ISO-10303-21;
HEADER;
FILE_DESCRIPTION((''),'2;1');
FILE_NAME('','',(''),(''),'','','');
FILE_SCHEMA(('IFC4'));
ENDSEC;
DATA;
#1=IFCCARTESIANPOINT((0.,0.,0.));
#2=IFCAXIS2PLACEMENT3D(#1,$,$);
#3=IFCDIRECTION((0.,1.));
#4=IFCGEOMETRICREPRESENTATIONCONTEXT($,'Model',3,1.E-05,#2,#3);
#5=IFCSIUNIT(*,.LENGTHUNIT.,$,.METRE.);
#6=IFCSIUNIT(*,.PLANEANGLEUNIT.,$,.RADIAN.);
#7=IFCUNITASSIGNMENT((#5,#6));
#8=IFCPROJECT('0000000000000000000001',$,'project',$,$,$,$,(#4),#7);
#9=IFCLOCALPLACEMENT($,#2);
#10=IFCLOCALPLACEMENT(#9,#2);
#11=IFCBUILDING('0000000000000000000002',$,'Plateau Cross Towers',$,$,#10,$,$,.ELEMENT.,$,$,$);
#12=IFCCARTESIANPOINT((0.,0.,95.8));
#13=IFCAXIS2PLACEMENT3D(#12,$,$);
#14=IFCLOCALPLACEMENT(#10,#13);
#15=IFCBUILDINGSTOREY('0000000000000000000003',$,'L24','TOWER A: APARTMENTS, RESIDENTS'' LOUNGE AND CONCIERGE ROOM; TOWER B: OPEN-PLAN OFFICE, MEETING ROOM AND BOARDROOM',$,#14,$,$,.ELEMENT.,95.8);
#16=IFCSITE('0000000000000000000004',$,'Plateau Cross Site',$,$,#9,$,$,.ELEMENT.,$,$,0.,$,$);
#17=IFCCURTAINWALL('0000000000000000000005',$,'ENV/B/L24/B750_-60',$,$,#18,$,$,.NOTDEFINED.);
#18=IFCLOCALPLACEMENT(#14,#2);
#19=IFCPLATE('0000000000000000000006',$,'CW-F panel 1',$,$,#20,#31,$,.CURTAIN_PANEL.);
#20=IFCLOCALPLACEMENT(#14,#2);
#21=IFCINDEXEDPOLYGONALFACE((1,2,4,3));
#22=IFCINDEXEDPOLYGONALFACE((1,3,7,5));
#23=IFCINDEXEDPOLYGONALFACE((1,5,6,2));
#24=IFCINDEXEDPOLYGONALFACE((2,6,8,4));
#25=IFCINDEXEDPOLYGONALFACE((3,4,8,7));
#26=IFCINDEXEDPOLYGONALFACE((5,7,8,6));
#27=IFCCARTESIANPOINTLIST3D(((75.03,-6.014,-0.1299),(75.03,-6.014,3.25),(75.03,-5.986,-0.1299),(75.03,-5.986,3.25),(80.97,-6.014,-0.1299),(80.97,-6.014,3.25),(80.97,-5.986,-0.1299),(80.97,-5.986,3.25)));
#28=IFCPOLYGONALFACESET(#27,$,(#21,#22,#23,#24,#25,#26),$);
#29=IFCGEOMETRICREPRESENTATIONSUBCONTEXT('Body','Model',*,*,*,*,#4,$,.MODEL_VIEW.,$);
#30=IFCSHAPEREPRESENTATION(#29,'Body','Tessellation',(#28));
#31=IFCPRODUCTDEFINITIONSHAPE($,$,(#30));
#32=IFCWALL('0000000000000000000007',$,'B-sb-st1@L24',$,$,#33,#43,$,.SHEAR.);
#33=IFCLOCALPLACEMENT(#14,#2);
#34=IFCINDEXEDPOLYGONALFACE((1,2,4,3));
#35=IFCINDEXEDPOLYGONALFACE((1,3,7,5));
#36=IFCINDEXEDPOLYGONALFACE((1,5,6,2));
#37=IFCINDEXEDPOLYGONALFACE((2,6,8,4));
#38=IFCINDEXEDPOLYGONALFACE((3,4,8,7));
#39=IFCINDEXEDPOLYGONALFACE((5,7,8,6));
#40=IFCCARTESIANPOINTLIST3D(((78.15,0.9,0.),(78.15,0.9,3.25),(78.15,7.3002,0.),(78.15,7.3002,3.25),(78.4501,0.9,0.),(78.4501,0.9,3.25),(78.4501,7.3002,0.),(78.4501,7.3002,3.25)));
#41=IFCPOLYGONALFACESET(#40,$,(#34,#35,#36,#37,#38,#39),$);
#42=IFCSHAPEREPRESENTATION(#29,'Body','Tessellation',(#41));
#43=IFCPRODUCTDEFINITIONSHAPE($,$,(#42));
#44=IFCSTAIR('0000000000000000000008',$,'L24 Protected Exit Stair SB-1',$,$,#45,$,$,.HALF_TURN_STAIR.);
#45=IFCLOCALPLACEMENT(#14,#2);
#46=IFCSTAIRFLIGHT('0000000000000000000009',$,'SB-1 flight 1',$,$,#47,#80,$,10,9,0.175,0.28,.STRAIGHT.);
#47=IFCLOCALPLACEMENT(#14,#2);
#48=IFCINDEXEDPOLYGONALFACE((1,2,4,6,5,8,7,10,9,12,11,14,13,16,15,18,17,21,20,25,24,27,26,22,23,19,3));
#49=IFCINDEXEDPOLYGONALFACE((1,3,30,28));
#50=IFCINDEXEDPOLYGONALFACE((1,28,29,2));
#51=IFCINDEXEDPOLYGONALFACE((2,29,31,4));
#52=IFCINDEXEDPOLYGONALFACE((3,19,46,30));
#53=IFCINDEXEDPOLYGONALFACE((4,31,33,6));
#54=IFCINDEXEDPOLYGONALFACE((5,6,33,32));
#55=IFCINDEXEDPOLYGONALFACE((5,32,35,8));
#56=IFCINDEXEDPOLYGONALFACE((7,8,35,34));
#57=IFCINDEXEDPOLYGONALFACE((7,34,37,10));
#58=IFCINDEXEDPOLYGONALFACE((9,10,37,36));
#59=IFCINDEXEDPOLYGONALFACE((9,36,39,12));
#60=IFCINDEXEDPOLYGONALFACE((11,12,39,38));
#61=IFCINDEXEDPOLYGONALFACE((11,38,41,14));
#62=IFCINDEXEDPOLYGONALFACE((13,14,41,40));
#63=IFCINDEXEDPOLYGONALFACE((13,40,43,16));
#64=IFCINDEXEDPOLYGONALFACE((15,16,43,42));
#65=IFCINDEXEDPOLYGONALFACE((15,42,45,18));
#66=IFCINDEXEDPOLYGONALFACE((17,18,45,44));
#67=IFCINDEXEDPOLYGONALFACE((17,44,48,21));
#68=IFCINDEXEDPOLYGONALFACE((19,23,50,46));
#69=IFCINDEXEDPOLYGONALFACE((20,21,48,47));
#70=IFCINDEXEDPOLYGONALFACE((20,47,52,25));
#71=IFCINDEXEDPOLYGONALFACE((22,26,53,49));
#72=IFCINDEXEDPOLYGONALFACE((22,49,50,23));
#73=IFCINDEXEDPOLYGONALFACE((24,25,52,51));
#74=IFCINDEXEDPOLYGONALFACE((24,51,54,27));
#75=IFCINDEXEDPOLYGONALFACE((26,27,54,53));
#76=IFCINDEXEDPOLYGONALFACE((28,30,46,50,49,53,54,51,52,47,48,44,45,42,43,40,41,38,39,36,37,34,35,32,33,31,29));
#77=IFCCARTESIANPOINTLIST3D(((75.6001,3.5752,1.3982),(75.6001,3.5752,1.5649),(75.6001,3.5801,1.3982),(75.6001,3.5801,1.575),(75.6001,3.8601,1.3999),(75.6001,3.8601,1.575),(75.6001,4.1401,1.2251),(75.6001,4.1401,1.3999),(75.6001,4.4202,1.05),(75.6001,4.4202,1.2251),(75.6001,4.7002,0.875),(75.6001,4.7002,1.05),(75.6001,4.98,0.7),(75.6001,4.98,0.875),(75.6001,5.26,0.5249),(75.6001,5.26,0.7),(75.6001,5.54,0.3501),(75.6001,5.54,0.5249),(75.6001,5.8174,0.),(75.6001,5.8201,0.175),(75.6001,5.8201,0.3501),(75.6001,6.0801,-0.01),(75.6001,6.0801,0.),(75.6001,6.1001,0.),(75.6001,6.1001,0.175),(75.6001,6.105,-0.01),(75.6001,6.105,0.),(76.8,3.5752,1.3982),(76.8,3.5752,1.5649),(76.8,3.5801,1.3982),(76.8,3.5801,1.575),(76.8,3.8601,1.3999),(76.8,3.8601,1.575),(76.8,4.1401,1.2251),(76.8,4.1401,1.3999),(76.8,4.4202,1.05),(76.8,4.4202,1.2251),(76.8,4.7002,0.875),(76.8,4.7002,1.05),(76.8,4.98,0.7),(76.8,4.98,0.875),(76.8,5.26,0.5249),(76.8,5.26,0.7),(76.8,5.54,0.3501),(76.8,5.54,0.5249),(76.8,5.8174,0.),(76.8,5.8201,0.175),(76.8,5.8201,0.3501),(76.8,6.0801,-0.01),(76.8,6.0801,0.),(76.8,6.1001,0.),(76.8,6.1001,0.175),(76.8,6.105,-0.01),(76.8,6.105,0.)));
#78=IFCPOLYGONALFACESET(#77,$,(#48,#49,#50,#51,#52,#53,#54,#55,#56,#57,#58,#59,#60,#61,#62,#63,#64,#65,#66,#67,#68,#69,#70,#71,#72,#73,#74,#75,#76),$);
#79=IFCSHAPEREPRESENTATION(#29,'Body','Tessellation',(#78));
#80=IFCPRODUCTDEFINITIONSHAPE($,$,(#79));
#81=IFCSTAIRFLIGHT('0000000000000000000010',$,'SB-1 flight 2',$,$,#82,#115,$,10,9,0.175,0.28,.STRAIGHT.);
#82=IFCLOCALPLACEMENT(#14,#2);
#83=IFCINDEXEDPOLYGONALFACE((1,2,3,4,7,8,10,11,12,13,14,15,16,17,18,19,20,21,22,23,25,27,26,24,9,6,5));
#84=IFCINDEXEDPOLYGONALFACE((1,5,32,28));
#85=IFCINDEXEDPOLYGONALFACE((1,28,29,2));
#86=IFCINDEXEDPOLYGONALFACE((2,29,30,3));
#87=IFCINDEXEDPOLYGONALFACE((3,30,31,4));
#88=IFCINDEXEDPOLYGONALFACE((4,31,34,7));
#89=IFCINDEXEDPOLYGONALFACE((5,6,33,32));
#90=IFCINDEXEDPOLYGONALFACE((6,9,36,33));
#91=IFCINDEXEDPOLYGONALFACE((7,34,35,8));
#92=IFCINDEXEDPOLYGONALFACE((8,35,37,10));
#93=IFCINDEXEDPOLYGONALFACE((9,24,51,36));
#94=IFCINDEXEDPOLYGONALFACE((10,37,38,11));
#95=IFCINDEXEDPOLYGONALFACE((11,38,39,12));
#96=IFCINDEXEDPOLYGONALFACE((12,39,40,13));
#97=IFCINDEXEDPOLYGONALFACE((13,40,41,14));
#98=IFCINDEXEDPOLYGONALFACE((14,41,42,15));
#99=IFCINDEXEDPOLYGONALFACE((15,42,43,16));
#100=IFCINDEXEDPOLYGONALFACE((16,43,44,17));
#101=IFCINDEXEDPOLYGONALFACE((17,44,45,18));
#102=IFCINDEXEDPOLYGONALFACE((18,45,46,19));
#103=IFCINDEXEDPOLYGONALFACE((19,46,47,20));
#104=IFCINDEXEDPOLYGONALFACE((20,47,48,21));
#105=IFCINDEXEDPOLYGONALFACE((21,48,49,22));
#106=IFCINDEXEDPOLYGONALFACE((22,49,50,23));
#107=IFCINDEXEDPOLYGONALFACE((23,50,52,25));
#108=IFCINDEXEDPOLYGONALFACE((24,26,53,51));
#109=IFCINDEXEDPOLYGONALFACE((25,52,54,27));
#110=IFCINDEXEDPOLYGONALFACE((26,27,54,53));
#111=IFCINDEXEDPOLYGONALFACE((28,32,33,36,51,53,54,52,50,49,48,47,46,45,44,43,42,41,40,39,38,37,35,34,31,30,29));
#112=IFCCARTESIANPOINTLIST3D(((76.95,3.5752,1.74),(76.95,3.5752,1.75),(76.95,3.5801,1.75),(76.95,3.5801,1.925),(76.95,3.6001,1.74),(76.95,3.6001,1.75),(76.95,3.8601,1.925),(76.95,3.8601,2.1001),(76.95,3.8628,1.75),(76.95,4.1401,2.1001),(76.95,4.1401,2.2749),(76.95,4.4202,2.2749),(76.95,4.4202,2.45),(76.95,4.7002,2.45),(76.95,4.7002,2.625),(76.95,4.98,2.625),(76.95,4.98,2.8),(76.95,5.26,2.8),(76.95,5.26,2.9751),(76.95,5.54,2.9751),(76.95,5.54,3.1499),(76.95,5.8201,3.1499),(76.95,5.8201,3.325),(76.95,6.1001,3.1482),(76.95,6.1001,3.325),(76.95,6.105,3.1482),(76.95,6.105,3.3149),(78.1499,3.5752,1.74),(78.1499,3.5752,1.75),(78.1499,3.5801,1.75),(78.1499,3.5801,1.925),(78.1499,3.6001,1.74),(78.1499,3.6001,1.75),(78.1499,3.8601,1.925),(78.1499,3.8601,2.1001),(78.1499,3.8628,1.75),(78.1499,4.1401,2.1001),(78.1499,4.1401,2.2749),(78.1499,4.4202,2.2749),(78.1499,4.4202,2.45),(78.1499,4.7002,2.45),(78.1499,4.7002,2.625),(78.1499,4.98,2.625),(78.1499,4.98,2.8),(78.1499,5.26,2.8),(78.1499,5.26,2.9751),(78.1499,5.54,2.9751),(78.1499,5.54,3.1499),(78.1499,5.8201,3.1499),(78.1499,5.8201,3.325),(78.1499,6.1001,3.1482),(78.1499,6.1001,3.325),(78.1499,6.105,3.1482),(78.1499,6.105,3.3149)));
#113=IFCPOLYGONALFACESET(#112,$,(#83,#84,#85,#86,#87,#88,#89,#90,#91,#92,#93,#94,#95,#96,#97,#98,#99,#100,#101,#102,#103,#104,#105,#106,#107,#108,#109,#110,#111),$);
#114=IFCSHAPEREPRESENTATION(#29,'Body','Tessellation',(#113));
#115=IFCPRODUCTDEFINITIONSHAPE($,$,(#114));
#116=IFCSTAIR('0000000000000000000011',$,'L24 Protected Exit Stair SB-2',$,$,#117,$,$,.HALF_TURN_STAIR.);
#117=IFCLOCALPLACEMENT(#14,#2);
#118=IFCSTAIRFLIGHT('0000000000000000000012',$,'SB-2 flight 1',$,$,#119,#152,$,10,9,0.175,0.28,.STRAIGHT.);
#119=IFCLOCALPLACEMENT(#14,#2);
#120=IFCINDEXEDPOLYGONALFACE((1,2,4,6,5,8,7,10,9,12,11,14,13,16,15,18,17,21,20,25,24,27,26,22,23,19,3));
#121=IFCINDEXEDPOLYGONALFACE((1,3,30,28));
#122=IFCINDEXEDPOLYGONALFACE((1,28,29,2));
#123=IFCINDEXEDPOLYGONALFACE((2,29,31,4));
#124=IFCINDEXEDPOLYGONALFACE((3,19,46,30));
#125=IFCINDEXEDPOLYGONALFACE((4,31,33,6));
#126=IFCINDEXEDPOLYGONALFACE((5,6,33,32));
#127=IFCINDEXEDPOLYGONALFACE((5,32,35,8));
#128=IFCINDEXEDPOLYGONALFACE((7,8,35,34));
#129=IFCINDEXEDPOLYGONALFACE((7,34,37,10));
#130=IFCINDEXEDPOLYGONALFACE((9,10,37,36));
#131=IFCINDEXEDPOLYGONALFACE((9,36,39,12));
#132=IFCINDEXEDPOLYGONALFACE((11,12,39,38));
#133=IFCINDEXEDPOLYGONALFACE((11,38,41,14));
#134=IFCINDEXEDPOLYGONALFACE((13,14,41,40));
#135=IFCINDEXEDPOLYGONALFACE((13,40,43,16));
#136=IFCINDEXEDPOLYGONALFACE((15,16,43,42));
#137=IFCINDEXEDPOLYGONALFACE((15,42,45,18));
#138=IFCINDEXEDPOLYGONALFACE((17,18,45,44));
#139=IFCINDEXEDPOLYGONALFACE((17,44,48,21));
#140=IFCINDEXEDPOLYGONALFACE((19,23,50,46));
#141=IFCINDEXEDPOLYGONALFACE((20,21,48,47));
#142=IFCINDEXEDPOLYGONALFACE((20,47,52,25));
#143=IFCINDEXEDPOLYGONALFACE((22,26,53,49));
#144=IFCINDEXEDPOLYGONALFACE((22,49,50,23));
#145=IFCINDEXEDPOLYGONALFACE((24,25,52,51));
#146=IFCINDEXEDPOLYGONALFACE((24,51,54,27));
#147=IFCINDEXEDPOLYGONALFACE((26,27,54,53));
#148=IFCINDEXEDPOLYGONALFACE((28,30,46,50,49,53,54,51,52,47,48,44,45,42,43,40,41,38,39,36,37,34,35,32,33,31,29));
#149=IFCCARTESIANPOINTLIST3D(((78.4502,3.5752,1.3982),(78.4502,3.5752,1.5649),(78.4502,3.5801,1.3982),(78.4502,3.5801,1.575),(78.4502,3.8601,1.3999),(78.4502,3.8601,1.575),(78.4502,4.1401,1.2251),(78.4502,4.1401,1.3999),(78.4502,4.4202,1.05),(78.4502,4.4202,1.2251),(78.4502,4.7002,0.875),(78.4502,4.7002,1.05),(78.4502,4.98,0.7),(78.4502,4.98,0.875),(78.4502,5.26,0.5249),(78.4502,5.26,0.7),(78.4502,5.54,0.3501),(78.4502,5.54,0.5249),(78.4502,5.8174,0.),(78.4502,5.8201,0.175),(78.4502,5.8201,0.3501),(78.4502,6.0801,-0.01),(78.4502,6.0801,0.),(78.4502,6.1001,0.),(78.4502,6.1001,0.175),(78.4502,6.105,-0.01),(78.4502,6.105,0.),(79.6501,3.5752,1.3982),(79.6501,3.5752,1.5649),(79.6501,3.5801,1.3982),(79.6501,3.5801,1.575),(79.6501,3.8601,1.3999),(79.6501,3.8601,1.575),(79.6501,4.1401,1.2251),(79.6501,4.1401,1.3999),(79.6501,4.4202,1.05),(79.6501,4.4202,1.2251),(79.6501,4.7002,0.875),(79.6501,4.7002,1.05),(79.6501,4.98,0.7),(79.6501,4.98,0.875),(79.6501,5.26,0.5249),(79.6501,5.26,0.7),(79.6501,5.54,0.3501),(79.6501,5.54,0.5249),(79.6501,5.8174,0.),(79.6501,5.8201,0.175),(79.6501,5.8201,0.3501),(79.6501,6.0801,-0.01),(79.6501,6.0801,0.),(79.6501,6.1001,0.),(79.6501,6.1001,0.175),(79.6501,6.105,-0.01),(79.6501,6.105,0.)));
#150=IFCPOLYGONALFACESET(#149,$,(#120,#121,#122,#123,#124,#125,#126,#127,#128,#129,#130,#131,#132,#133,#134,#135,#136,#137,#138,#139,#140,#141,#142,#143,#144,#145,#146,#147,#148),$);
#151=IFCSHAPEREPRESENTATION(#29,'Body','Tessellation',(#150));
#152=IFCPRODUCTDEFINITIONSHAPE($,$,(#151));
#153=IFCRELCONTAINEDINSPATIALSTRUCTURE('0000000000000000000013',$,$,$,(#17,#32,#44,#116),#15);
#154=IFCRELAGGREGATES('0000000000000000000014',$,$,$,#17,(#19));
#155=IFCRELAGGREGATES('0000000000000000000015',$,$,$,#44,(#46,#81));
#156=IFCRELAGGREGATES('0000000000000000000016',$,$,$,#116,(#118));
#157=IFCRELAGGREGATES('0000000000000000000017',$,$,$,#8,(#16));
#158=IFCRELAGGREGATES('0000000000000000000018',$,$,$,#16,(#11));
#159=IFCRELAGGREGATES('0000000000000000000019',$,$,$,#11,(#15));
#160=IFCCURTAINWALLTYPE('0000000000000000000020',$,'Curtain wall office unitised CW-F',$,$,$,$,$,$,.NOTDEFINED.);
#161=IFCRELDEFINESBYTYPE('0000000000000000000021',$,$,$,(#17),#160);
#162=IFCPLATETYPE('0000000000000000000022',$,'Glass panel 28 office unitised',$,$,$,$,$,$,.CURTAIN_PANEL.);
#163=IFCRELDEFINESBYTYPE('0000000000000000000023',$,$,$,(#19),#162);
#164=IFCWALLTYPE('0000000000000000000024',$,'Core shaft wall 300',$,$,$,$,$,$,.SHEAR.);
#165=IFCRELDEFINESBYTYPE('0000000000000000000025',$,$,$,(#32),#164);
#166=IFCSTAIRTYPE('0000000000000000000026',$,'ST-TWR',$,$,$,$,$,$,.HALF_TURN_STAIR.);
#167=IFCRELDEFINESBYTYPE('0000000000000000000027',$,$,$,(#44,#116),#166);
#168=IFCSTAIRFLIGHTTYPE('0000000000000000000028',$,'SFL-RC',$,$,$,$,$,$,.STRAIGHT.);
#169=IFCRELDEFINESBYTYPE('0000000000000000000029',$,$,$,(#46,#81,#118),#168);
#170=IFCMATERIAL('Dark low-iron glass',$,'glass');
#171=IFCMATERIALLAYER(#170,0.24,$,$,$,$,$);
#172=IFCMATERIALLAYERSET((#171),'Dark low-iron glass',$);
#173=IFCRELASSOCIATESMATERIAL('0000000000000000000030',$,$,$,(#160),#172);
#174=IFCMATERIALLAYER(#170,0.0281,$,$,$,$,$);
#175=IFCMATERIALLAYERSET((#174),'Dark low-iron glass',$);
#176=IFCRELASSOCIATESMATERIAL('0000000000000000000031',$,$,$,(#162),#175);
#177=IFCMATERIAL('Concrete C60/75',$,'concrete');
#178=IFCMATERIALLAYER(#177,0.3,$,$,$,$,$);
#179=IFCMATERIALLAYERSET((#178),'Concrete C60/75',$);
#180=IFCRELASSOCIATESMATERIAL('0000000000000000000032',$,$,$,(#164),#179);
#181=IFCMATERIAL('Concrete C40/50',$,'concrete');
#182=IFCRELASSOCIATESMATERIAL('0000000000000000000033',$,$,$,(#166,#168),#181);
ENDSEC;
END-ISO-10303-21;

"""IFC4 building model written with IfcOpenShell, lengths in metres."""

from ifc_helpers import new_model, si_unit, direction, frame, frame_2d, origin, origin_2d, place, context, subcontext, project, spatial, polyline, rectangle, outline, extrude, material, layer, layer_set, type_object, element, aggregate, save


model = new_model("IFC4")

# Units and contexts
model_context = context("Model", 3, precision=1e-05, world=origin(), true_north=direction((0.0, 1.0)))
body_context = subcontext(model_context, "Body", "Model", "MODEL_VIEW")
ifc_project = project(units=[si_unit("LENGTHUNIT", "METRE"), si_unit("PLANEANGLEUNIT", "RADIAN")], contexts=[model_context])

# Site, building, storey
site_placement = place(None, origin())
site = spatial("IfcSite", under=ifc_project, at=site_placement, Name="Plateau Cross Site", CompositionType="ELEMENT", RefElevation=0.0)
building_placement = place(site_placement, origin())
building = spatial("IfcBuilding", under=site, at=building_placement, Name="Plateau Cross Towers", CompositionType="ELEMENT")
storey_placement = place(building_placement, frame((0.0, 0.0, 95.8)))
storey = spatial("IfcBuildingStorey", under=building, at=storey_placement, Name="L24", Description="TOWER A: APARTMENTS, RESIDENTS' LOUNGE AND CONCIERGE ROOM; TOWER B: OPEN-PLAN OFFICE, MEETING ROOM AND BOARDROOM", CompositionType="ELEMENT", Elevation=95.8)

# Curtain wall, plate
ifc_material_1 = material(Name="Dark low-iron glass", Category="glass")
ifc_layer_1 = layer(ifc_material_1, 0.24)
ifc_layer_set_1 = layer_set([ifc_layer_1], Name="Dark low-iron glass")
curtain_wall_type = type_object("IfcCurtainWallType", Name="Curtain wall office unitised CW-F", PredefinedType="NOTDEFINED", material=ifc_layer_set_1)
curtain_wall_placement = place(storey_placement, origin())
curtain_wall = element("IfcCurtainWall", 1, at=curtain_wall_placement, inside=storey, type_object=curtain_wall_type, Name="ENV/B/L24/B750_-60", PredefinedType="NOTDEFINED")
ifc_layer_2 = layer(ifc_material_1, 0.0281)
ifc_layer_set_2 = layer_set([ifc_layer_2], Name="Dark low-iron glass")
plate_type = type_object("IfcPlateType", Name="Glass panel 28 office unitised", PredefinedType="CURTAIN_PANEL", material=ifc_layer_set_2)
plate_placement = place(storey_placement, frame((78.0, -6.0, -0.1299), z_axis=(0.0, 0.0, 1.0), x_axis=(1.0, 0.0, 0.0)))
plate = element("IfcPlate", 2, at=plate_placement, type_object=plate_type, Name="CW-F panel 1", PredefinedType="CURTAIN_PANEL", context=body_context, shape_type="SweptSolid", body=[
    extrude(rectangle(XDim=5.9399, YDim=0.0281, at=origin_2d()), origin(), (0.0, 0.0, 1.0), 3.3799),
])
aggregate(curtain_wall, [plate])

# Wall
ifc_material_2 = material(Name="Concrete C60/75", Category="concrete")
ifc_layer_3 = layer(ifc_material_2, 0.3)
ifc_layer_set_3 = layer_set([ifc_layer_3], Name="Concrete C60/75")
wall_type_1 = type_object("IfcWallType", Name="Core shaft wall 300", PredefinedType="SHEAR", material=ifc_layer_set_3)
wall_1_placement = place(storey_placement, frame((78.3, 0.8999, 0.0), z_axis=(0.0, 0.0, 1.0), x_axis=(0.0, 1.0, 0.0)))
element("IfcWall", 3, at=wall_1_placement, inside=storey, type_object=wall_type_1, Name="B-sb-st1@L24", PredefinedType="SHEAR", context=body_context, shape_type="SweptSolid", body=[
    extrude(rectangle(XDim=6.4001, YDim=0.3, at=frame_2d((3.2002, 0.0))), origin(), (0.0, 0.0, 1.0), 3.25),
])

# Stair, stair flights
ifc_material_3 = material(Name="Concrete C40/50", Category="concrete")
stair_type = type_object("IfcStairType", Name="ST-TWR", PredefinedType="HALF_TURN_STAIR", material=ifc_material_3)
stair_1_placement = place(storey_placement, origin())
stair_1 = element("IfcStair", 4, at=stair_1_placement, inside=storey, type_object=stair_type, Name="L24 Protected Exit Stair SB-1", PredefinedType="HALF_TURN_STAIR")
stair_flight_type = type_object("IfcStairFlightType", Name="SFL-RC", PredefinedType="STRAIGHT", material=ifc_material_3)
stair_flight_1_placement = place(storey_placement, frame((76.2, 6.1001, 0.0), z_axis=(0.0, 0.0, 1.0), x_axis=(0.0, -1.0, 0.0)))
stair_flight_1 = element("IfcStairFlight", 5, at=stair_flight_1_placement, type_object=stair_flight_type, Name="SB-1 flight 1", NumberOfRisers=10, NumberOfTreads=9, PredefinedType="STRAIGHT", RiserHeight=0.175, TreadLength=0.28, context=body_context, shape_type="SweptSolid", body=[
    extrude(outline(polyline([(-0.0049, -0.01), (-0.0049, 0.0), (0.0, 0.0), (0.0, 0.175), (0.28, 0.175), (0.28, 0.3501), (0.5601, 0.3501), (0.5601, 0.5249), (0.8401, 0.5249), (0.8401, 0.7), (1.1201, 0.7), (1.1201, 0.875), (1.3999, 0.875), (1.3999, 1.05), (1.6799, 1.05), (1.6799, 1.2251), (1.96, 1.2251), (1.96, 1.3999), (2.24, 1.3999), (2.24, 1.575), (2.52, 1.575), (2.5249, 1.5649), (2.5249, 1.3982), (2.52, 1.3982), (0.2827, 0.0), (0.02, 0.0), (0.02, -0.01), (-0.0049, -0.01)])), frame((0.0, 0.6001, 0.0), z_axis=(0.0, -1.0, 0.0), x_axis=(1.0, 0.0, 0.0)), (0.0, 0.0, 1.0), 1.2),
])
stair_flight_2_placement = place(storey_placement, frame((77.55, 3.5801, 1.75), z_axis=(0.0, 0.0, 1.0), x_axis=(0.0, 1.0, 0.0)))
stair_flight_2 = element("IfcStairFlight", 6, at=stair_flight_2_placement, type_object=stair_flight_type, Name="SB-1 flight 2", NumberOfRisers=10, NumberOfTreads=9, PredefinedType="STRAIGHT", RiserHeight=0.175, TreadLength=0.28, context=body_context, shape_type="SweptSolid", body=[
    extrude(outline(polyline([(-0.0049, -0.01), (-0.0049, 0.0), (0.0, 0.0), (0.0, 0.175), (0.28, 0.175), (0.28, 0.3501), (0.5601, 0.3501), (0.5601, 0.5249), (0.8401, 0.5249), (0.8401, 0.7), (1.1201, 0.7), (1.1201, 0.875), (1.3999, 0.875), (1.3999, 1.05), (1.6799, 1.05), (1.6799, 1.2251), (1.96, 1.2251), (1.96, 1.3999), (2.24, 1.3999), (2.24, 1.575), (2.52, 1.575), (2.5249, 1.5649), (2.5249, 1.3982), (2.52, 1.3982), (0.2827, 0.0), (0.02, 0.0), (0.02, -0.01), (-0.0049, -0.01)])), frame((0.0, 0.6001, 0.0), z_axis=(0.0, -1.0, 0.0), x_axis=(1.0, 0.0, 0.0)), (0.0, 0.0, 1.0), 1.2),
])
aggregate(stair_1, [stair_flight_1, stair_flight_2])

# Stair, stair flight
stair_2_placement = place(storey_placement, origin())
stair_2 = element("IfcStair", 7, at=stair_2_placement, inside=storey, type_object=stair_type, Name="L24 Protected Exit Stair SB-2", PredefinedType="HALF_TURN_STAIR")
stair_flight_3_placement = place(storey_placement, frame((79.05, 6.1001, 0.0), z_axis=(0.0, 0.0, 1.0), x_axis=(0.0, -1.0, 0.0)))
stair_flight_3 = element("IfcStairFlight", 8, at=stair_flight_3_placement, type_object=stair_flight_type, Name="SB-2 flight 1", NumberOfRisers=10, NumberOfTreads=9, PredefinedType="STRAIGHT", RiserHeight=0.175, TreadLength=0.28, context=body_context, shape_type="SweptSolid", body=[
    extrude(outline(polyline([(-0.0049, -0.01), (-0.0049, 0.0), (0.0, 0.0), (0.0, 0.175), (0.28, 0.175), (0.28, 0.3501), (0.5601, 0.3501), (0.5601, 0.5249), (0.8401, 0.5249), (0.8401, 0.7), (1.1201, 0.7), (1.1201, 0.875), (1.3999, 0.875), (1.3999, 1.05), (1.6799, 1.05), (1.6799, 1.2251), (1.96, 1.2251), (1.96, 1.3999), (2.24, 1.3999), (2.24, 1.575), (2.52, 1.575), (2.5249, 1.5649), (2.5249, 1.3982), (2.52, 1.3982), (0.2827, 0.0), (0.02, 0.0), (0.02, -0.01), (-0.0049, -0.01)])), frame((0.0, 0.6001, 0.0), z_axis=(0.0, -1.0, 0.0), x_axis=(1.0, 0.0, 0.0)), (0.0, 0.0, 1.0), 1.2),
])
aggregate(stair_2, [stair_flight_3])

save(model, "model.ifc")
